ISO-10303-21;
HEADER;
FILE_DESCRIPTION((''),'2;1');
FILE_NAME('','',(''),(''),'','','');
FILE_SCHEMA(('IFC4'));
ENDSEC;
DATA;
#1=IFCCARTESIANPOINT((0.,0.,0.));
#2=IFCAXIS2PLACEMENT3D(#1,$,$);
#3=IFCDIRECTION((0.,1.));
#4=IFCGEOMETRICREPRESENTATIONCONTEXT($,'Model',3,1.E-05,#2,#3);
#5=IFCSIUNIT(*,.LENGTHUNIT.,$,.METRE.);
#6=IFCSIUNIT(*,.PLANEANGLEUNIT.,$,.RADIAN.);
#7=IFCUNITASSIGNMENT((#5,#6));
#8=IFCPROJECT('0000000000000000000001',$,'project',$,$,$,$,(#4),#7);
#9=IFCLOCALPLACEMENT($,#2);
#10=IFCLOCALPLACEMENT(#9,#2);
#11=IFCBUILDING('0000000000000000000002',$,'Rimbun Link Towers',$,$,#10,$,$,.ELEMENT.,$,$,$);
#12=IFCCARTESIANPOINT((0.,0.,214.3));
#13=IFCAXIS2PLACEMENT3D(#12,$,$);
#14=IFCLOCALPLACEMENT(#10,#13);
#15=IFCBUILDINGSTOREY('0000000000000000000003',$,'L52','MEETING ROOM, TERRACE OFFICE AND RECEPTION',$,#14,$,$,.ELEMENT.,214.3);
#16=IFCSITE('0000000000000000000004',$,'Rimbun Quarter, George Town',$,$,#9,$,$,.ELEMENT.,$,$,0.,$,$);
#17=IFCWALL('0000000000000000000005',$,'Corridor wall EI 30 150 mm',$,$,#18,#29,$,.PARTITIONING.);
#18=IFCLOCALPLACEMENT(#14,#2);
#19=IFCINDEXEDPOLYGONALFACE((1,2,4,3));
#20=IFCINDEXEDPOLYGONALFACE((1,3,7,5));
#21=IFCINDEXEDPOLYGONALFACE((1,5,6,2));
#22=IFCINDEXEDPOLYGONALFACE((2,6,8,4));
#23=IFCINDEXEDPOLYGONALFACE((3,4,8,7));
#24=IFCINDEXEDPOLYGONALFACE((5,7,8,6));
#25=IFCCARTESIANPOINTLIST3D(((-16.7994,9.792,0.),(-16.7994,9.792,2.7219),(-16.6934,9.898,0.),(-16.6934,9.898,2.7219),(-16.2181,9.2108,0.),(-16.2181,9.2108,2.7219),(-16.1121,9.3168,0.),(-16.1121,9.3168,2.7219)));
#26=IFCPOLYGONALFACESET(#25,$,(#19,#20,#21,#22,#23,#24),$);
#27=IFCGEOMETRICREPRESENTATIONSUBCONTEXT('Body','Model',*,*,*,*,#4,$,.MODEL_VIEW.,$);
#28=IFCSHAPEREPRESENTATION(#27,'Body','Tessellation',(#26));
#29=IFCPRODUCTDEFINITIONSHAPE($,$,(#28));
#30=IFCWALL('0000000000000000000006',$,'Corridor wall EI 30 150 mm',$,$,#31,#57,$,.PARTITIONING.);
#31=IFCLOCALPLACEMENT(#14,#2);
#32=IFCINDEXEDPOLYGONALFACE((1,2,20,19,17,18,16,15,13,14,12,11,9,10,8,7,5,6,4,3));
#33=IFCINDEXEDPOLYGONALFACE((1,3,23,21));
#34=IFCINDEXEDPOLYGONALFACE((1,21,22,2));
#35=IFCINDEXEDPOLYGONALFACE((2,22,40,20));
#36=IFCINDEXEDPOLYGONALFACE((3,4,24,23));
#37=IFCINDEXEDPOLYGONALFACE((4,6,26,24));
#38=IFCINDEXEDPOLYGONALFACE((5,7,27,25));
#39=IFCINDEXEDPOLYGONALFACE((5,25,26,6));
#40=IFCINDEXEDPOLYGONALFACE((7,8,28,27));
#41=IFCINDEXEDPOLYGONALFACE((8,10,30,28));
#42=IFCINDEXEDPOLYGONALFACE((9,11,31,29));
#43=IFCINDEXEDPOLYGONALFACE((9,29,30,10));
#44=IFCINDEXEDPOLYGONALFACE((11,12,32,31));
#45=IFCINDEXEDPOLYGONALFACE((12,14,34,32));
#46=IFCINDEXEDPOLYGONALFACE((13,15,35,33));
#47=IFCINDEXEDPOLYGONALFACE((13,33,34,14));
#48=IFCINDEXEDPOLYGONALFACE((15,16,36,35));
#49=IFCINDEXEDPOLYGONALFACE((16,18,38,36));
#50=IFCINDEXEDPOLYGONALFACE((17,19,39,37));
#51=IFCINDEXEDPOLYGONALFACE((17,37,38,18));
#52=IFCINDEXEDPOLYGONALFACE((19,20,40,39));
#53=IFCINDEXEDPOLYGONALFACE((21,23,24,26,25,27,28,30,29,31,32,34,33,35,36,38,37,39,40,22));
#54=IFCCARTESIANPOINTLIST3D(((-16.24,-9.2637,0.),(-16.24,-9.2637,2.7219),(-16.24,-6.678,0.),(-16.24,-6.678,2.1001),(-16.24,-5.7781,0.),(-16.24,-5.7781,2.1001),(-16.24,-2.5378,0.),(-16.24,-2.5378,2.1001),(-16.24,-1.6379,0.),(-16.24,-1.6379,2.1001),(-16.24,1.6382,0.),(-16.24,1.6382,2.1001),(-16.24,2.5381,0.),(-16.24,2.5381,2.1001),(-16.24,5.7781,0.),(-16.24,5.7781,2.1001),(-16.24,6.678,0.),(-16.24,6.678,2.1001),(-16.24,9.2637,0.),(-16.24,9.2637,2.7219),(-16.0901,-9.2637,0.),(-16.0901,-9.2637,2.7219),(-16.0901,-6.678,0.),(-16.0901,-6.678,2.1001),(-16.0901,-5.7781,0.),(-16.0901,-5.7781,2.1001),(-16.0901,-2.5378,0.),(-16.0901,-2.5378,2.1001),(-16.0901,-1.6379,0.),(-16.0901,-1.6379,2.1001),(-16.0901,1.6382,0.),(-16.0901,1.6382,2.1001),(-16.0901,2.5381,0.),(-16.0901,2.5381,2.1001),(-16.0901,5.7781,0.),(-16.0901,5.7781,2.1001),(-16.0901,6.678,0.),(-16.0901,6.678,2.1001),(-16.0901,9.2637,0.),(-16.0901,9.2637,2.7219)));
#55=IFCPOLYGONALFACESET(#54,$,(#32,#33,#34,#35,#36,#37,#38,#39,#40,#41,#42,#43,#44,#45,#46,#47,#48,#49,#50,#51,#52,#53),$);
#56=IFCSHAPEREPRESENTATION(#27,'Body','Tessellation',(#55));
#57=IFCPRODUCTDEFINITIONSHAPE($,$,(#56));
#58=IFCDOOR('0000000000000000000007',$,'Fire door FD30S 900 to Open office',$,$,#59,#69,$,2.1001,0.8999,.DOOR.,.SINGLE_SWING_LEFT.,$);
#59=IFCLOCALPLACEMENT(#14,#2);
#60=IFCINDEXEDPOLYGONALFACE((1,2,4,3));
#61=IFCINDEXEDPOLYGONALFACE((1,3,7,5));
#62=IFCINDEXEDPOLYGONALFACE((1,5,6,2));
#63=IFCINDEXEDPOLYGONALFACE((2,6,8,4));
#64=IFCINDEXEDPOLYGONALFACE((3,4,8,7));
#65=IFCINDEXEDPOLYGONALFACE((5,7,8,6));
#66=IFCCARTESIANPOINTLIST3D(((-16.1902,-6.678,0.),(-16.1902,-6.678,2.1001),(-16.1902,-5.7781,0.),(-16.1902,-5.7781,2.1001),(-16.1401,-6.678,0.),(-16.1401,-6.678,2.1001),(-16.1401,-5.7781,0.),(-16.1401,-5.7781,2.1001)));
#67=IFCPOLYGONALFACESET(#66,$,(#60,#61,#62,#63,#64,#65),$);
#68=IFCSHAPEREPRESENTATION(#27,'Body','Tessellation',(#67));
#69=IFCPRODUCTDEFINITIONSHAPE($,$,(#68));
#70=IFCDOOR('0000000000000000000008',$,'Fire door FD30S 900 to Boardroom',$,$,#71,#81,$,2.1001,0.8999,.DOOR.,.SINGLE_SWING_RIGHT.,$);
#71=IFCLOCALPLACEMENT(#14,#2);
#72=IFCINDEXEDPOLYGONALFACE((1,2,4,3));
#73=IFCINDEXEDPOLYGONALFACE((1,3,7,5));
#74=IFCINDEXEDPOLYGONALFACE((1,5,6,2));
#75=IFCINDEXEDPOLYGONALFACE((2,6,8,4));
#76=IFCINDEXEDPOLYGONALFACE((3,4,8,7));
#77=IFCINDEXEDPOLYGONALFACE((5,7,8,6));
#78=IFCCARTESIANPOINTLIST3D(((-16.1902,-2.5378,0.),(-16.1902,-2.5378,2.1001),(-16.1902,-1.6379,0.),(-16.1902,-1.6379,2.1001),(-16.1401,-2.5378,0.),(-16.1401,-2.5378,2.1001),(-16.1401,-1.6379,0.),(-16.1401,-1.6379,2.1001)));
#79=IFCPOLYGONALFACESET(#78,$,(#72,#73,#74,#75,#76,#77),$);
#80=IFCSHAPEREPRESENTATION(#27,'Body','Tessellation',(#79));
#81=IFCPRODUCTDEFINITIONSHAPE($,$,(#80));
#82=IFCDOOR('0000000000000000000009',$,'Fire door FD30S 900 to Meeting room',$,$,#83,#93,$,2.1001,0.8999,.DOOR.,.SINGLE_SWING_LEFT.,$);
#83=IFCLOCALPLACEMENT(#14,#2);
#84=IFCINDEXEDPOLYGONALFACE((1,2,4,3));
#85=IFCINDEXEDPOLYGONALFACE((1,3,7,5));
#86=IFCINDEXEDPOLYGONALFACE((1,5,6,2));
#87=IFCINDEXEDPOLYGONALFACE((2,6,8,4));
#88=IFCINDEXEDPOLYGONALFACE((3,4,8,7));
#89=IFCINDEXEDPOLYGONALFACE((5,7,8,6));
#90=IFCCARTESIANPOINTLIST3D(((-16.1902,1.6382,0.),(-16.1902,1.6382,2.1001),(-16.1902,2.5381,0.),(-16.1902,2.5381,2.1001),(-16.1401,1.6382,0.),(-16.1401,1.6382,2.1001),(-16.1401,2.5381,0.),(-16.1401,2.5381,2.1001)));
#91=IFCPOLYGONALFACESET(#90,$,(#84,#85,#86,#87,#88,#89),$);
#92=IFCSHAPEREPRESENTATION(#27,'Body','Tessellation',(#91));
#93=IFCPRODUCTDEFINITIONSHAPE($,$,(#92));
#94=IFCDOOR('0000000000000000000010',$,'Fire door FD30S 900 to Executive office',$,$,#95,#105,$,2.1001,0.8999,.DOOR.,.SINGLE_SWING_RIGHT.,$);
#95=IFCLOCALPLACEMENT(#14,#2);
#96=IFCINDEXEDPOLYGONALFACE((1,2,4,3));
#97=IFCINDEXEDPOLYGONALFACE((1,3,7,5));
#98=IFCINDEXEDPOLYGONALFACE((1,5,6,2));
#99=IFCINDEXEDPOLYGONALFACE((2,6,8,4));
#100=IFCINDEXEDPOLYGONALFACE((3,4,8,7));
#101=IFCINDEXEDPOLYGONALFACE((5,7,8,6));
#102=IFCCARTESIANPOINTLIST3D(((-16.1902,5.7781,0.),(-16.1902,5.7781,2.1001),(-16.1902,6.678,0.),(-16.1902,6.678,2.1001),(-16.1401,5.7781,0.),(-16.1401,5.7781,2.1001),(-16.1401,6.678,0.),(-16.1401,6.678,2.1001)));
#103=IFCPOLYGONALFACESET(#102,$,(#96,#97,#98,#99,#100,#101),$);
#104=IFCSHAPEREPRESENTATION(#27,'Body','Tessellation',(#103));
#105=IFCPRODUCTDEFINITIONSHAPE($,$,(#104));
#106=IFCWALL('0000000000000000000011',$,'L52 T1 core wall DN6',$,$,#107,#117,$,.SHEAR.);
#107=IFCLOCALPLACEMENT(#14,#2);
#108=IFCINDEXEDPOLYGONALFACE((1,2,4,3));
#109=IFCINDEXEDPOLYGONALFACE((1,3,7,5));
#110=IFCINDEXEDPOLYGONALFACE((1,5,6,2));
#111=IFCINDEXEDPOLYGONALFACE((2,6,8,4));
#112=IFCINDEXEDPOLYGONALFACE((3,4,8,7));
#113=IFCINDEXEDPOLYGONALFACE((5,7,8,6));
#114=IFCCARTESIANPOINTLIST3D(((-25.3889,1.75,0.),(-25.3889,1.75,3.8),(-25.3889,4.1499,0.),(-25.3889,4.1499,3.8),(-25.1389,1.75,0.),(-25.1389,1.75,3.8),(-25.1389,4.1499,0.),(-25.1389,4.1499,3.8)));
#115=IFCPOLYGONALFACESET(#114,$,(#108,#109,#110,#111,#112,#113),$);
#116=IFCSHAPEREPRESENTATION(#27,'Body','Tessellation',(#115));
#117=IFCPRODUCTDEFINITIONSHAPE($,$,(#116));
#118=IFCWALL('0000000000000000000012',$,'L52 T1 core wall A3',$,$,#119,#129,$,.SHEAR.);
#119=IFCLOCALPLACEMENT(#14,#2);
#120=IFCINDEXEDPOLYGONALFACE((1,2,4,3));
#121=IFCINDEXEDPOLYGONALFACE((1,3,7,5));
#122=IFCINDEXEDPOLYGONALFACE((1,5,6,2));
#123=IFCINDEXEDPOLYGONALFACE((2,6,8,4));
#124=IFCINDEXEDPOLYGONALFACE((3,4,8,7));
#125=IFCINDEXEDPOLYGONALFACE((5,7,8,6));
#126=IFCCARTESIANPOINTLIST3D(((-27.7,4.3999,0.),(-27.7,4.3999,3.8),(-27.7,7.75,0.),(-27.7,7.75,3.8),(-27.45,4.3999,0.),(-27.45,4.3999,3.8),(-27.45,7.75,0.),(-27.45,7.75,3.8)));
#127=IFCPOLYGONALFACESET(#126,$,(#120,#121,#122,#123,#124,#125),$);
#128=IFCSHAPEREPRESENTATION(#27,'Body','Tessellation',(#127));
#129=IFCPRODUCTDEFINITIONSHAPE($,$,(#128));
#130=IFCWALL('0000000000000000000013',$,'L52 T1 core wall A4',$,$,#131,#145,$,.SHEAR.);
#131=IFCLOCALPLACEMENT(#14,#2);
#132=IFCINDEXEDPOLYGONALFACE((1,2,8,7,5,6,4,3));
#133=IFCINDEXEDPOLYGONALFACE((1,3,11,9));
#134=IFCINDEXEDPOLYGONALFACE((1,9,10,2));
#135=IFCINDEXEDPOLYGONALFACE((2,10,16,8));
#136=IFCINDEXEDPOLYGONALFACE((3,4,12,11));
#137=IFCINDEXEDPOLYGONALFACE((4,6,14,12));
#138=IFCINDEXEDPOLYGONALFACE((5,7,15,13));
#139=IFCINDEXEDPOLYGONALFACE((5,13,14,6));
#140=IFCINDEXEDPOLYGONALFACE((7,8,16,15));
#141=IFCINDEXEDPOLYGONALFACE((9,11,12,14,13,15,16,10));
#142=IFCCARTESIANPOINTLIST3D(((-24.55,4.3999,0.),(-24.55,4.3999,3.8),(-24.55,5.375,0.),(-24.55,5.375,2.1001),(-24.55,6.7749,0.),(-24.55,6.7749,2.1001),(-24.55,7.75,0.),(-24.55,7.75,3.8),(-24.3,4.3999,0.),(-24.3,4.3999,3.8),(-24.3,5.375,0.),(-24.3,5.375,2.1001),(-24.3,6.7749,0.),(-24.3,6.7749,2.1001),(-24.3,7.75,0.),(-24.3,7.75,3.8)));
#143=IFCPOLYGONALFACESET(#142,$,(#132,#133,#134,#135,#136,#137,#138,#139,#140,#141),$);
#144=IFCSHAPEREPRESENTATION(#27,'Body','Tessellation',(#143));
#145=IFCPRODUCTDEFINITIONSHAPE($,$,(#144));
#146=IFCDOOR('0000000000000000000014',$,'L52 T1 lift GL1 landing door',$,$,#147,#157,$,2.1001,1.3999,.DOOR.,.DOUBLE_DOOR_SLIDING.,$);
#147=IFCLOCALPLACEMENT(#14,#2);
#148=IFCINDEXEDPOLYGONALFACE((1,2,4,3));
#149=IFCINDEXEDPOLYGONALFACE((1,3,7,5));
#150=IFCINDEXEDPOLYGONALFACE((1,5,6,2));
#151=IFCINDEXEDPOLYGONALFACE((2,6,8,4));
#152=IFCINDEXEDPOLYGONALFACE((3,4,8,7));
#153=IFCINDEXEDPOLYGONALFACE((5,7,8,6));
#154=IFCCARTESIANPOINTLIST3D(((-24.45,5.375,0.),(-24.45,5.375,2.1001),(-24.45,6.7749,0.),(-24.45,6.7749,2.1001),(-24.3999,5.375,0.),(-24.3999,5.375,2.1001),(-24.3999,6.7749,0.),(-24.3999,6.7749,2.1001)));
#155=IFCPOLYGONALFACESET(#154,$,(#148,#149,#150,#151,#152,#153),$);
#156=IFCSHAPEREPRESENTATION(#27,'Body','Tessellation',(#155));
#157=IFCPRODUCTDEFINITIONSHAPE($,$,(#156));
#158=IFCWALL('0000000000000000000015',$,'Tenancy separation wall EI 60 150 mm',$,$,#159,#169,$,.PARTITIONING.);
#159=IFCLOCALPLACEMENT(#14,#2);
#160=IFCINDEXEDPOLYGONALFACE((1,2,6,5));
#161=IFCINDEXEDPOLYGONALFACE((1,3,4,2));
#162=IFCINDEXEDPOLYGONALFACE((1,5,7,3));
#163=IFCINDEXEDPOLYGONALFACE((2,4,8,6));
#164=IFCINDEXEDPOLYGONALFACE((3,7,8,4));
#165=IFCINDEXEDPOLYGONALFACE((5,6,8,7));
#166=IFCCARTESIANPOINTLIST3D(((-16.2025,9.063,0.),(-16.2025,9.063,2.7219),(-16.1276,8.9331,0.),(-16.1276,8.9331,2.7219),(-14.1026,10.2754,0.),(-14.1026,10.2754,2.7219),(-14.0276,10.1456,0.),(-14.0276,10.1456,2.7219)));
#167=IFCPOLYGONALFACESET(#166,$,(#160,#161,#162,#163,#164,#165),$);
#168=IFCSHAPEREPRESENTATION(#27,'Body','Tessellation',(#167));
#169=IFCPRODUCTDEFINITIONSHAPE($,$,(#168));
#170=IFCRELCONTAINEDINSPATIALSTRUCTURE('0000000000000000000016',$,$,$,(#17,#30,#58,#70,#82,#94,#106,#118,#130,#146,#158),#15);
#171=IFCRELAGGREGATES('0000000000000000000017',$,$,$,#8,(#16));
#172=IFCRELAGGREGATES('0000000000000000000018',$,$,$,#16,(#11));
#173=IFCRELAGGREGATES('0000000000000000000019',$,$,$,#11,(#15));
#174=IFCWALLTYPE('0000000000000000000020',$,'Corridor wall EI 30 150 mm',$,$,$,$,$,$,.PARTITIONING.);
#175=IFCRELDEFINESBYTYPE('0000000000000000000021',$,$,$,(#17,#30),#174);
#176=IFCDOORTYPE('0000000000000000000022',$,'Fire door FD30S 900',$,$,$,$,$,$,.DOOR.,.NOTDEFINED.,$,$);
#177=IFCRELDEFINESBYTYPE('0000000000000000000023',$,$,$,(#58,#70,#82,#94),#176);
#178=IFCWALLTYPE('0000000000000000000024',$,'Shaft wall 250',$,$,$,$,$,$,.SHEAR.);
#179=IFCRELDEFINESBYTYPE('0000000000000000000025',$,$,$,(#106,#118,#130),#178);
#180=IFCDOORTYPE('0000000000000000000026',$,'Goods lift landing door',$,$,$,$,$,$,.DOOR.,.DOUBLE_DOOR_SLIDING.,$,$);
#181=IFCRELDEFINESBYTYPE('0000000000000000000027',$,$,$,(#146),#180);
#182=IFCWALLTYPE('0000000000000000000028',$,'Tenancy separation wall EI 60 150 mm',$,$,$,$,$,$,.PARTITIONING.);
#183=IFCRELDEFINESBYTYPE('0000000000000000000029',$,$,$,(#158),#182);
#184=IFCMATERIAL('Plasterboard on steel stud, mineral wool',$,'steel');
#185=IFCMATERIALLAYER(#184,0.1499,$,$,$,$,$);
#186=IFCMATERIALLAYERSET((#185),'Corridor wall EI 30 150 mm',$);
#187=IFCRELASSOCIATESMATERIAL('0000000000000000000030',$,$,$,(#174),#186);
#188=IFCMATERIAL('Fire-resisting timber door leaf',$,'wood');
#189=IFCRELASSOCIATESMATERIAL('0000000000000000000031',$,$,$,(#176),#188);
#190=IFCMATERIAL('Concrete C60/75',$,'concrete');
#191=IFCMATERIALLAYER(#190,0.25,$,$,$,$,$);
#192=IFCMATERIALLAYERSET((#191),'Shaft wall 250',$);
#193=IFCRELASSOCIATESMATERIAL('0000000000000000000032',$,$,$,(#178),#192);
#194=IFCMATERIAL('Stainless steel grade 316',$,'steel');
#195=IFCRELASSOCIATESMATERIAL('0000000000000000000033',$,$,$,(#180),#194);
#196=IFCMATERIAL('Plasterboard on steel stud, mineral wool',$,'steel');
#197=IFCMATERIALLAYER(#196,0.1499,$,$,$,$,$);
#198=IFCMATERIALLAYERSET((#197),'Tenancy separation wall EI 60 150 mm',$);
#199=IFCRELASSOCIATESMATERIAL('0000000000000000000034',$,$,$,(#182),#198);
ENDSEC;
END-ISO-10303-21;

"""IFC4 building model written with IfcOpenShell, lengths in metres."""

from ifc_helpers import new_model, si_unit, direction, frame, frame_2d, origin, place, context, subcontext, project, spatial, rectangle, extrude, material, layer, layer_set, type_object, element, fill, save


model = new_model("IFC4")

# Units and contexts
model_context = context("Model", 3, precision=1e-05, world=origin(), true_north=direction((0.0, 1.0)))
body_context = subcontext(model_context, "Body", "Model", "MODEL_VIEW")
ifc_project = project(units=[si_unit("LENGTHUNIT", "METRE"), si_unit("PLANEANGLEUNIT", "RADIAN")], contexts=[model_context])

# Site, building, storey
site_placement = place(None, origin())
site = spatial("IfcSite", under=ifc_project, at=site_placement, Name="Rimbun Quarter, George Town", CompositionType="ELEMENT", RefElevation=0.0)
building_placement = place(site_placement, origin())
building = spatial("IfcBuilding", under=site, at=building_placement, Name="Rimbun Link Towers", CompositionType="ELEMENT")
storey_placement = place(building_placement, frame((0.0, 0.0, 214.3)))
storey = spatial("IfcBuildingStorey", under=building, at=storey_placement, Name="L52", Description="MEETING ROOM, TERRACE OFFICE AND RECEPTION", CompositionType="ELEMENT", Elevation=214.3)

# Wall
ifc_material_1 = material(Name="Plasterboard on steel stud, mineral wool", Category="steel")
ifc_layer_1 = layer(ifc_material_1, 0.1499)
ifc_layer_set_1 = layer_set([ifc_layer_1], Name="Corridor wall EI 30 150 mm")
wall_type_1 = type_object("IfcWallType", Name="Corridor wall EI 30 150 mm", PredefinedType="PARTITIONING", material=ifc_layer_set_1)
wall_1_placement = place(storey_placement, frame((-16.165, 9.2637, 0.0), z_axis=(0.0, 0.0, 1.0), x_axis=(-0.707107, 0.707107, 0.0)))
element("IfcWall", 1, at=wall_1_placement, inside=storey, type_object=wall_type_1, Name="Corridor wall EI 30 150 mm", PredefinedType="PARTITIONING", context=body_context, shape_type="SweptSolid", body=[
    extrude(rectangle(XDim=0.822, YDim=0.1499, at=frame_2d((0.4111, 0.0))), origin(), (0.0, 0.0, 1.0), 2.7219),
])

# Wall, openings, doors
wall_2_placement = place(storey_placement, frame((-16.165, 9.2637, 0.0), z_axis=(0.0, 0.0, 1.0), x_axis=(0.0, -1.0, 0.0)))
wall_2 = element("IfcWall", 2, at=wall_2_placement, inside=storey, type_object=wall_type_1, Name="Corridor wall EI 30 150 mm", PredefinedType="PARTITIONING", context=body_context, shape_type="SweptSolid", body=[
    extrude(rectangle(XDim=18.5273, YDim=0.1499, at=frame_2d((9.2637, 0.0))), origin(), (0.0, 0.0, 1.0), 2.7219),
])
opening_1_placement = place(wall_2_placement, frame((15.0417, 0.0, 0.0)))
opening_1 = element("IfcOpeningElement", 3, at=opening_1_placement, cuts=wall_2, PredefinedType="OPENING", context=body_context, shape_type="SweptSolid", body=[
    extrude(rectangle(XDim=0.8999, YDim=2.1001, at=frame_2d((0.45, 1.05))), frame((0.0, 0.085, 0.0), z_axis=(0.0, -1.0, 0.0), x_axis=(1.0, 0.0, 0.0)), (0.0, 0.0, 1.0), 0.1699),
])
opening_2_placement = place(wall_2_placement, frame((10.9016, 0.0, 0.0)))
opening_2 = element("IfcOpeningElement", 4, at=opening_2_placement, cuts=wall_2, PredefinedType="OPENING", context=body_context, shape_type="SweptSolid", body=[
    extrude(rectangle(XDim=0.8999, YDim=2.1001, at=frame_2d((0.45, 1.05))), frame((0.0, 0.085, 0.0), z_axis=(0.0, -1.0, 0.0), x_axis=(1.0, 0.0, 0.0)), (0.0, 0.0, 1.0), 0.1699),
])
opening_3_placement = place(wall_2_placement, frame((6.7256, 0.0, 0.0)))
opening_3 = element("IfcOpeningElement", 5, at=opening_3_placement, cuts=wall_2, PredefinedType="OPENING", context=body_context, shape_type="SweptSolid", body=[
    extrude(rectangle(XDim=0.8999, YDim=2.1001, at=frame_2d((0.45, 1.05))), frame((0.0, 0.085, 0.0), z_axis=(0.0, -1.0, 0.0), x_axis=(1.0, 0.0, 0.0)), (0.0, 0.0, 1.0), 0.1699),
])
opening_4_placement = place(wall_2_placement, frame((2.5857, 0.0, 0.0)))
opening_4 = element("IfcOpeningElement", 6, at=opening_4_placement, cuts=wall_2, PredefinedType="OPENING", context=body_context, shape_type="SweptSolid", body=[
    extrude(rectangle(XDim=0.8999, YDim=2.1001, at=frame_2d((0.45, 1.05))), frame((0.0, 0.085, 0.0), z_axis=(0.0, -1.0, 0.0), x_axis=(1.0, 0.0, 0.0)), (0.0, 0.0, 1.0), 0.1699),
])
ifc_material_2 = material(Name="Fire-resisting timber door leaf", Category="wood")
door_type_1 = type_object("IfcDoorType", Name="Fire door FD30S 900", OperationType="NOTDEFINED", PredefinedType="DOOR", material=ifc_material_2)
door_1_placement = place(opening_1_placement, origin())
door_1 = element("IfcDoor", 7, at=door_1_placement, inside=storey, type_object=door_type_1, Name="Fire door FD30S 900 to Open office", OperationType="SINGLE_SWING_LEFT", OverallHeight=2.1001, OverallWidth=0.8999, PredefinedType="DOOR", context=body_context, shape_type="SweptSolid", body=[
    extrude(rectangle(XDim=0.8999, YDim=2.1001, at=frame_2d((0.45, 1.05))), frame((0.0, 0.0249, 0.0), z_axis=(0.0, -1.0, 0.0), x_axis=(1.0, 0.0, 0.0)), (0.0, 0.0, 1.0), 0.05),
])
fill(opening_1, door_1)
door_2_placement = place(opening_2_placement, origin())
door_2 = element("IfcDoor", 8, at=door_2_placement, inside=storey, type_object=door_type_1, Name="Fire door FD30S 900 to Boardroom", OperationType="SINGLE_SWING_RIGHT", OverallHeight=2.1001, OverallWidth=0.8999, PredefinedType="DOOR", context=body_context, shape_type="SweptSolid", body=[
    extrude(rectangle(XDim=0.8999, YDim=2.1001, at=frame_2d((0.45, 1.05))), frame((0.0, 0.0249, 0.0), z_axis=(0.0, -1.0, 0.0), x_axis=(1.0, 0.0, 0.0)), (0.0, 0.0, 1.0), 0.05),
])
fill(opening_2, door_2)
door_3_placement = place(opening_3_placement, origin())
door_3 = element("IfcDoor", 9, at=door_3_placement, inside=storey, type_object=door_type_1, Name="Fire door FD30S 900 to Meeting room", OperationType="SINGLE_SWING_LEFT", OverallHeight=2.1001, OverallWidth=0.8999, PredefinedType="DOOR", context=body_context, shape_type="SweptSolid", body=[
    extrude(rectangle(XDim=0.8999, YDim=2.1001, at=frame_2d((0.45, 1.05))), frame((0.0, 0.0249, 0.0), z_axis=(0.0, -1.0, 0.0), x_axis=(1.0, 0.0, 0.0)), (0.0, 0.0, 1.0), 0.05),
])
fill(opening_3, door_3)
door_4_placement = place(opening_4_placement, origin())
door_4 = element("IfcDoor", 10, at=door_4_placement, inside=storey, type_object=door_type_1, Name="Fire door FD30S 900 to Executive office", OperationType="SINGLE_SWING_RIGHT", OverallHeight=2.1001, OverallWidth=0.8999, PredefinedType="DOOR", context=body_context, shape_type="SweptSolid", body=[
    extrude(rectangle(XDim=0.8999, YDim=2.1001, at=frame_2d((0.45, 1.05))), frame((0.0, 0.0249, 0.0), z_axis=(0.0, -1.0, 0.0), x_axis=(1.0, 0.0, 0.0)), (0.0, 0.0, 1.0), 0.05),
])
fill(opening_4, door_4)

# Walls
ifc_material_3 = material(Name="Concrete C60/75", Category="concrete")
ifc_layer_2 = layer(ifc_material_3, 0.25)
ifc_layer_set_2 = layer_set([ifc_layer_2], Name="Shaft wall 250")
wall_type_2 = type_object("IfcWallType", Name="Shaft wall 250", PredefinedType="SHEAR", material=ifc_layer_set_2)
wall_3_placement = place(storey_placement, frame((-25.2639, 1.75, 0.0), z_axis=(0.0, 0.0, 1.0), x_axis=(0.0, 1.0, 0.0)))
element("IfcWall", 11, at=wall_3_placement, inside=storey, type_object=wall_type_2, Name="L52 T1 core wall DN6", PredefinedType="SHEAR", context=body_context, shape_type="SweptSolid", body=[
    extrude(rectangle(XDim=2.3999, YDim=0.25, at=frame_2d((1.2, 0.0))), origin(), (0.0, 0.0, 1.0), 3.8),
])
wall_4_placement = place(storey_placement, frame((-27.575, 4.3999, 0.0), z_axis=(0.0, 0.0, 1.0), x_axis=(0.0, 1.0, 0.0)))
element("IfcWall", 12, at=wall_4_placement, inside=storey, type_object=wall_type_2, Name="L52 T1 core wall A3", PredefinedType="SHEAR", context=body_context, shape_type="SweptSolid", body=[
    extrude(rectangle(XDim=3.3501, YDim=0.25, at=frame_2d((1.675, 0.0))), origin(), (0.0, 0.0, 1.0), 3.8),
])

# Wall, opening, door
wall_5_placement = place(storey_placement, frame((-24.425, 4.3999, 0.0), z_axis=(0.0, 0.0, 1.0), x_axis=(0.0, 1.0, 0.0)))
wall_5 = element("IfcWall", 13, at=wall_5_placement, inside=storey, type_object=wall_type_2, Name="L52 T1 core wall A4", PredefinedType="SHEAR", context=body_context, shape_type="SweptSolid", body=[
    extrude(rectangle(XDim=3.3501, YDim=0.25, at=frame_2d((1.675, 0.0))), origin(), (0.0, 0.0, 1.0), 3.8),
])
opening_5_placement = place(wall_5_placement, frame((0.9751, 0.0, 0.0)))
opening_5 = element("IfcOpeningElement", 14, at=opening_5_placement, cuts=wall_5, PredefinedType="OPENING", context=body_context, shape_type="SweptSolid", body=[
    extrude(rectangle(XDim=1.3999, YDim=2.1001, at=frame_2d((0.7, 1.05))), frame((0.0, 0.135, 0.0), z_axis=(0.0, -1.0, 0.0), x_axis=(1.0, 0.0, 0.0)), (0.0, 0.0, 1.0), 0.27),
])
ifc_material_4 = material(Name="Stainless steel grade 316", Category="steel")
door_type_2 = type_object("IfcDoorType", Name="Goods lift landing door", OperationType="DOUBLE_DOOR_SLIDING", PredefinedType="DOOR", material=ifc_material_4)
door_5_placement = place(opening_5_placement, origin())
door_5 = element("IfcDoor", 15, at=door_5_placement, inside=storey, type_object=door_type_2, Name="L52 T1 lift GL1 landing door", OperationType="DOUBLE_DOOR_SLIDING", OverallHeight=2.1001, OverallWidth=1.3999, PredefinedType="DOOR", context=body_context, shape_type="SweptSolid", body=[
    extrude(rectangle(XDim=1.3999, YDim=2.1001, at=frame_2d((0.7, 1.05))), frame((0.0, 0.0249, 0.0), z_axis=(0.0, -1.0, 0.0), x_axis=(1.0, 0.0, 0.0)), (0.0, 0.0, 1.0), 0.05),
])
fill(opening_5, door_5)

# Wall
ifc_material_5 = material(Name="Plasterboard on steel stud, mineral wool", Category="steel")
ifc_layer_3 = layer(ifc_material_5, 0.1499)
ifc_layer_set_3 = layer_set([ifc_layer_3], Name="Tenancy separation wall EI 60 150 mm")
wall_type_3 = type_object("IfcWallType", Name="Tenancy separation wall EI 60 150 mm", PredefinedType="PARTITIONING", material=ifc_layer_set_3)
wall_6_placement = place(storey_placement, frame((-16.165, 8.998, 0.0), z_axis=(0.0, 0.0, 1.0), x_axis=(0.866016, 0.500016, 0.0)))
element("IfcWall", 16, at=wall_6_placement, inside=storey, type_object=wall_type_3, Name="Tenancy separation wall EI 60 150 mm", PredefinedType="PARTITIONING", context=body_context, shape_type="SweptSolid", body=[
    extrude(rectangle(XDim=2.4248, YDim=0.1499, at=frame_2d((1.2124, 0.0))), origin(), (0.0, 0.0, 1.0), 2.7219),
])

save(model, "model.ifc")
